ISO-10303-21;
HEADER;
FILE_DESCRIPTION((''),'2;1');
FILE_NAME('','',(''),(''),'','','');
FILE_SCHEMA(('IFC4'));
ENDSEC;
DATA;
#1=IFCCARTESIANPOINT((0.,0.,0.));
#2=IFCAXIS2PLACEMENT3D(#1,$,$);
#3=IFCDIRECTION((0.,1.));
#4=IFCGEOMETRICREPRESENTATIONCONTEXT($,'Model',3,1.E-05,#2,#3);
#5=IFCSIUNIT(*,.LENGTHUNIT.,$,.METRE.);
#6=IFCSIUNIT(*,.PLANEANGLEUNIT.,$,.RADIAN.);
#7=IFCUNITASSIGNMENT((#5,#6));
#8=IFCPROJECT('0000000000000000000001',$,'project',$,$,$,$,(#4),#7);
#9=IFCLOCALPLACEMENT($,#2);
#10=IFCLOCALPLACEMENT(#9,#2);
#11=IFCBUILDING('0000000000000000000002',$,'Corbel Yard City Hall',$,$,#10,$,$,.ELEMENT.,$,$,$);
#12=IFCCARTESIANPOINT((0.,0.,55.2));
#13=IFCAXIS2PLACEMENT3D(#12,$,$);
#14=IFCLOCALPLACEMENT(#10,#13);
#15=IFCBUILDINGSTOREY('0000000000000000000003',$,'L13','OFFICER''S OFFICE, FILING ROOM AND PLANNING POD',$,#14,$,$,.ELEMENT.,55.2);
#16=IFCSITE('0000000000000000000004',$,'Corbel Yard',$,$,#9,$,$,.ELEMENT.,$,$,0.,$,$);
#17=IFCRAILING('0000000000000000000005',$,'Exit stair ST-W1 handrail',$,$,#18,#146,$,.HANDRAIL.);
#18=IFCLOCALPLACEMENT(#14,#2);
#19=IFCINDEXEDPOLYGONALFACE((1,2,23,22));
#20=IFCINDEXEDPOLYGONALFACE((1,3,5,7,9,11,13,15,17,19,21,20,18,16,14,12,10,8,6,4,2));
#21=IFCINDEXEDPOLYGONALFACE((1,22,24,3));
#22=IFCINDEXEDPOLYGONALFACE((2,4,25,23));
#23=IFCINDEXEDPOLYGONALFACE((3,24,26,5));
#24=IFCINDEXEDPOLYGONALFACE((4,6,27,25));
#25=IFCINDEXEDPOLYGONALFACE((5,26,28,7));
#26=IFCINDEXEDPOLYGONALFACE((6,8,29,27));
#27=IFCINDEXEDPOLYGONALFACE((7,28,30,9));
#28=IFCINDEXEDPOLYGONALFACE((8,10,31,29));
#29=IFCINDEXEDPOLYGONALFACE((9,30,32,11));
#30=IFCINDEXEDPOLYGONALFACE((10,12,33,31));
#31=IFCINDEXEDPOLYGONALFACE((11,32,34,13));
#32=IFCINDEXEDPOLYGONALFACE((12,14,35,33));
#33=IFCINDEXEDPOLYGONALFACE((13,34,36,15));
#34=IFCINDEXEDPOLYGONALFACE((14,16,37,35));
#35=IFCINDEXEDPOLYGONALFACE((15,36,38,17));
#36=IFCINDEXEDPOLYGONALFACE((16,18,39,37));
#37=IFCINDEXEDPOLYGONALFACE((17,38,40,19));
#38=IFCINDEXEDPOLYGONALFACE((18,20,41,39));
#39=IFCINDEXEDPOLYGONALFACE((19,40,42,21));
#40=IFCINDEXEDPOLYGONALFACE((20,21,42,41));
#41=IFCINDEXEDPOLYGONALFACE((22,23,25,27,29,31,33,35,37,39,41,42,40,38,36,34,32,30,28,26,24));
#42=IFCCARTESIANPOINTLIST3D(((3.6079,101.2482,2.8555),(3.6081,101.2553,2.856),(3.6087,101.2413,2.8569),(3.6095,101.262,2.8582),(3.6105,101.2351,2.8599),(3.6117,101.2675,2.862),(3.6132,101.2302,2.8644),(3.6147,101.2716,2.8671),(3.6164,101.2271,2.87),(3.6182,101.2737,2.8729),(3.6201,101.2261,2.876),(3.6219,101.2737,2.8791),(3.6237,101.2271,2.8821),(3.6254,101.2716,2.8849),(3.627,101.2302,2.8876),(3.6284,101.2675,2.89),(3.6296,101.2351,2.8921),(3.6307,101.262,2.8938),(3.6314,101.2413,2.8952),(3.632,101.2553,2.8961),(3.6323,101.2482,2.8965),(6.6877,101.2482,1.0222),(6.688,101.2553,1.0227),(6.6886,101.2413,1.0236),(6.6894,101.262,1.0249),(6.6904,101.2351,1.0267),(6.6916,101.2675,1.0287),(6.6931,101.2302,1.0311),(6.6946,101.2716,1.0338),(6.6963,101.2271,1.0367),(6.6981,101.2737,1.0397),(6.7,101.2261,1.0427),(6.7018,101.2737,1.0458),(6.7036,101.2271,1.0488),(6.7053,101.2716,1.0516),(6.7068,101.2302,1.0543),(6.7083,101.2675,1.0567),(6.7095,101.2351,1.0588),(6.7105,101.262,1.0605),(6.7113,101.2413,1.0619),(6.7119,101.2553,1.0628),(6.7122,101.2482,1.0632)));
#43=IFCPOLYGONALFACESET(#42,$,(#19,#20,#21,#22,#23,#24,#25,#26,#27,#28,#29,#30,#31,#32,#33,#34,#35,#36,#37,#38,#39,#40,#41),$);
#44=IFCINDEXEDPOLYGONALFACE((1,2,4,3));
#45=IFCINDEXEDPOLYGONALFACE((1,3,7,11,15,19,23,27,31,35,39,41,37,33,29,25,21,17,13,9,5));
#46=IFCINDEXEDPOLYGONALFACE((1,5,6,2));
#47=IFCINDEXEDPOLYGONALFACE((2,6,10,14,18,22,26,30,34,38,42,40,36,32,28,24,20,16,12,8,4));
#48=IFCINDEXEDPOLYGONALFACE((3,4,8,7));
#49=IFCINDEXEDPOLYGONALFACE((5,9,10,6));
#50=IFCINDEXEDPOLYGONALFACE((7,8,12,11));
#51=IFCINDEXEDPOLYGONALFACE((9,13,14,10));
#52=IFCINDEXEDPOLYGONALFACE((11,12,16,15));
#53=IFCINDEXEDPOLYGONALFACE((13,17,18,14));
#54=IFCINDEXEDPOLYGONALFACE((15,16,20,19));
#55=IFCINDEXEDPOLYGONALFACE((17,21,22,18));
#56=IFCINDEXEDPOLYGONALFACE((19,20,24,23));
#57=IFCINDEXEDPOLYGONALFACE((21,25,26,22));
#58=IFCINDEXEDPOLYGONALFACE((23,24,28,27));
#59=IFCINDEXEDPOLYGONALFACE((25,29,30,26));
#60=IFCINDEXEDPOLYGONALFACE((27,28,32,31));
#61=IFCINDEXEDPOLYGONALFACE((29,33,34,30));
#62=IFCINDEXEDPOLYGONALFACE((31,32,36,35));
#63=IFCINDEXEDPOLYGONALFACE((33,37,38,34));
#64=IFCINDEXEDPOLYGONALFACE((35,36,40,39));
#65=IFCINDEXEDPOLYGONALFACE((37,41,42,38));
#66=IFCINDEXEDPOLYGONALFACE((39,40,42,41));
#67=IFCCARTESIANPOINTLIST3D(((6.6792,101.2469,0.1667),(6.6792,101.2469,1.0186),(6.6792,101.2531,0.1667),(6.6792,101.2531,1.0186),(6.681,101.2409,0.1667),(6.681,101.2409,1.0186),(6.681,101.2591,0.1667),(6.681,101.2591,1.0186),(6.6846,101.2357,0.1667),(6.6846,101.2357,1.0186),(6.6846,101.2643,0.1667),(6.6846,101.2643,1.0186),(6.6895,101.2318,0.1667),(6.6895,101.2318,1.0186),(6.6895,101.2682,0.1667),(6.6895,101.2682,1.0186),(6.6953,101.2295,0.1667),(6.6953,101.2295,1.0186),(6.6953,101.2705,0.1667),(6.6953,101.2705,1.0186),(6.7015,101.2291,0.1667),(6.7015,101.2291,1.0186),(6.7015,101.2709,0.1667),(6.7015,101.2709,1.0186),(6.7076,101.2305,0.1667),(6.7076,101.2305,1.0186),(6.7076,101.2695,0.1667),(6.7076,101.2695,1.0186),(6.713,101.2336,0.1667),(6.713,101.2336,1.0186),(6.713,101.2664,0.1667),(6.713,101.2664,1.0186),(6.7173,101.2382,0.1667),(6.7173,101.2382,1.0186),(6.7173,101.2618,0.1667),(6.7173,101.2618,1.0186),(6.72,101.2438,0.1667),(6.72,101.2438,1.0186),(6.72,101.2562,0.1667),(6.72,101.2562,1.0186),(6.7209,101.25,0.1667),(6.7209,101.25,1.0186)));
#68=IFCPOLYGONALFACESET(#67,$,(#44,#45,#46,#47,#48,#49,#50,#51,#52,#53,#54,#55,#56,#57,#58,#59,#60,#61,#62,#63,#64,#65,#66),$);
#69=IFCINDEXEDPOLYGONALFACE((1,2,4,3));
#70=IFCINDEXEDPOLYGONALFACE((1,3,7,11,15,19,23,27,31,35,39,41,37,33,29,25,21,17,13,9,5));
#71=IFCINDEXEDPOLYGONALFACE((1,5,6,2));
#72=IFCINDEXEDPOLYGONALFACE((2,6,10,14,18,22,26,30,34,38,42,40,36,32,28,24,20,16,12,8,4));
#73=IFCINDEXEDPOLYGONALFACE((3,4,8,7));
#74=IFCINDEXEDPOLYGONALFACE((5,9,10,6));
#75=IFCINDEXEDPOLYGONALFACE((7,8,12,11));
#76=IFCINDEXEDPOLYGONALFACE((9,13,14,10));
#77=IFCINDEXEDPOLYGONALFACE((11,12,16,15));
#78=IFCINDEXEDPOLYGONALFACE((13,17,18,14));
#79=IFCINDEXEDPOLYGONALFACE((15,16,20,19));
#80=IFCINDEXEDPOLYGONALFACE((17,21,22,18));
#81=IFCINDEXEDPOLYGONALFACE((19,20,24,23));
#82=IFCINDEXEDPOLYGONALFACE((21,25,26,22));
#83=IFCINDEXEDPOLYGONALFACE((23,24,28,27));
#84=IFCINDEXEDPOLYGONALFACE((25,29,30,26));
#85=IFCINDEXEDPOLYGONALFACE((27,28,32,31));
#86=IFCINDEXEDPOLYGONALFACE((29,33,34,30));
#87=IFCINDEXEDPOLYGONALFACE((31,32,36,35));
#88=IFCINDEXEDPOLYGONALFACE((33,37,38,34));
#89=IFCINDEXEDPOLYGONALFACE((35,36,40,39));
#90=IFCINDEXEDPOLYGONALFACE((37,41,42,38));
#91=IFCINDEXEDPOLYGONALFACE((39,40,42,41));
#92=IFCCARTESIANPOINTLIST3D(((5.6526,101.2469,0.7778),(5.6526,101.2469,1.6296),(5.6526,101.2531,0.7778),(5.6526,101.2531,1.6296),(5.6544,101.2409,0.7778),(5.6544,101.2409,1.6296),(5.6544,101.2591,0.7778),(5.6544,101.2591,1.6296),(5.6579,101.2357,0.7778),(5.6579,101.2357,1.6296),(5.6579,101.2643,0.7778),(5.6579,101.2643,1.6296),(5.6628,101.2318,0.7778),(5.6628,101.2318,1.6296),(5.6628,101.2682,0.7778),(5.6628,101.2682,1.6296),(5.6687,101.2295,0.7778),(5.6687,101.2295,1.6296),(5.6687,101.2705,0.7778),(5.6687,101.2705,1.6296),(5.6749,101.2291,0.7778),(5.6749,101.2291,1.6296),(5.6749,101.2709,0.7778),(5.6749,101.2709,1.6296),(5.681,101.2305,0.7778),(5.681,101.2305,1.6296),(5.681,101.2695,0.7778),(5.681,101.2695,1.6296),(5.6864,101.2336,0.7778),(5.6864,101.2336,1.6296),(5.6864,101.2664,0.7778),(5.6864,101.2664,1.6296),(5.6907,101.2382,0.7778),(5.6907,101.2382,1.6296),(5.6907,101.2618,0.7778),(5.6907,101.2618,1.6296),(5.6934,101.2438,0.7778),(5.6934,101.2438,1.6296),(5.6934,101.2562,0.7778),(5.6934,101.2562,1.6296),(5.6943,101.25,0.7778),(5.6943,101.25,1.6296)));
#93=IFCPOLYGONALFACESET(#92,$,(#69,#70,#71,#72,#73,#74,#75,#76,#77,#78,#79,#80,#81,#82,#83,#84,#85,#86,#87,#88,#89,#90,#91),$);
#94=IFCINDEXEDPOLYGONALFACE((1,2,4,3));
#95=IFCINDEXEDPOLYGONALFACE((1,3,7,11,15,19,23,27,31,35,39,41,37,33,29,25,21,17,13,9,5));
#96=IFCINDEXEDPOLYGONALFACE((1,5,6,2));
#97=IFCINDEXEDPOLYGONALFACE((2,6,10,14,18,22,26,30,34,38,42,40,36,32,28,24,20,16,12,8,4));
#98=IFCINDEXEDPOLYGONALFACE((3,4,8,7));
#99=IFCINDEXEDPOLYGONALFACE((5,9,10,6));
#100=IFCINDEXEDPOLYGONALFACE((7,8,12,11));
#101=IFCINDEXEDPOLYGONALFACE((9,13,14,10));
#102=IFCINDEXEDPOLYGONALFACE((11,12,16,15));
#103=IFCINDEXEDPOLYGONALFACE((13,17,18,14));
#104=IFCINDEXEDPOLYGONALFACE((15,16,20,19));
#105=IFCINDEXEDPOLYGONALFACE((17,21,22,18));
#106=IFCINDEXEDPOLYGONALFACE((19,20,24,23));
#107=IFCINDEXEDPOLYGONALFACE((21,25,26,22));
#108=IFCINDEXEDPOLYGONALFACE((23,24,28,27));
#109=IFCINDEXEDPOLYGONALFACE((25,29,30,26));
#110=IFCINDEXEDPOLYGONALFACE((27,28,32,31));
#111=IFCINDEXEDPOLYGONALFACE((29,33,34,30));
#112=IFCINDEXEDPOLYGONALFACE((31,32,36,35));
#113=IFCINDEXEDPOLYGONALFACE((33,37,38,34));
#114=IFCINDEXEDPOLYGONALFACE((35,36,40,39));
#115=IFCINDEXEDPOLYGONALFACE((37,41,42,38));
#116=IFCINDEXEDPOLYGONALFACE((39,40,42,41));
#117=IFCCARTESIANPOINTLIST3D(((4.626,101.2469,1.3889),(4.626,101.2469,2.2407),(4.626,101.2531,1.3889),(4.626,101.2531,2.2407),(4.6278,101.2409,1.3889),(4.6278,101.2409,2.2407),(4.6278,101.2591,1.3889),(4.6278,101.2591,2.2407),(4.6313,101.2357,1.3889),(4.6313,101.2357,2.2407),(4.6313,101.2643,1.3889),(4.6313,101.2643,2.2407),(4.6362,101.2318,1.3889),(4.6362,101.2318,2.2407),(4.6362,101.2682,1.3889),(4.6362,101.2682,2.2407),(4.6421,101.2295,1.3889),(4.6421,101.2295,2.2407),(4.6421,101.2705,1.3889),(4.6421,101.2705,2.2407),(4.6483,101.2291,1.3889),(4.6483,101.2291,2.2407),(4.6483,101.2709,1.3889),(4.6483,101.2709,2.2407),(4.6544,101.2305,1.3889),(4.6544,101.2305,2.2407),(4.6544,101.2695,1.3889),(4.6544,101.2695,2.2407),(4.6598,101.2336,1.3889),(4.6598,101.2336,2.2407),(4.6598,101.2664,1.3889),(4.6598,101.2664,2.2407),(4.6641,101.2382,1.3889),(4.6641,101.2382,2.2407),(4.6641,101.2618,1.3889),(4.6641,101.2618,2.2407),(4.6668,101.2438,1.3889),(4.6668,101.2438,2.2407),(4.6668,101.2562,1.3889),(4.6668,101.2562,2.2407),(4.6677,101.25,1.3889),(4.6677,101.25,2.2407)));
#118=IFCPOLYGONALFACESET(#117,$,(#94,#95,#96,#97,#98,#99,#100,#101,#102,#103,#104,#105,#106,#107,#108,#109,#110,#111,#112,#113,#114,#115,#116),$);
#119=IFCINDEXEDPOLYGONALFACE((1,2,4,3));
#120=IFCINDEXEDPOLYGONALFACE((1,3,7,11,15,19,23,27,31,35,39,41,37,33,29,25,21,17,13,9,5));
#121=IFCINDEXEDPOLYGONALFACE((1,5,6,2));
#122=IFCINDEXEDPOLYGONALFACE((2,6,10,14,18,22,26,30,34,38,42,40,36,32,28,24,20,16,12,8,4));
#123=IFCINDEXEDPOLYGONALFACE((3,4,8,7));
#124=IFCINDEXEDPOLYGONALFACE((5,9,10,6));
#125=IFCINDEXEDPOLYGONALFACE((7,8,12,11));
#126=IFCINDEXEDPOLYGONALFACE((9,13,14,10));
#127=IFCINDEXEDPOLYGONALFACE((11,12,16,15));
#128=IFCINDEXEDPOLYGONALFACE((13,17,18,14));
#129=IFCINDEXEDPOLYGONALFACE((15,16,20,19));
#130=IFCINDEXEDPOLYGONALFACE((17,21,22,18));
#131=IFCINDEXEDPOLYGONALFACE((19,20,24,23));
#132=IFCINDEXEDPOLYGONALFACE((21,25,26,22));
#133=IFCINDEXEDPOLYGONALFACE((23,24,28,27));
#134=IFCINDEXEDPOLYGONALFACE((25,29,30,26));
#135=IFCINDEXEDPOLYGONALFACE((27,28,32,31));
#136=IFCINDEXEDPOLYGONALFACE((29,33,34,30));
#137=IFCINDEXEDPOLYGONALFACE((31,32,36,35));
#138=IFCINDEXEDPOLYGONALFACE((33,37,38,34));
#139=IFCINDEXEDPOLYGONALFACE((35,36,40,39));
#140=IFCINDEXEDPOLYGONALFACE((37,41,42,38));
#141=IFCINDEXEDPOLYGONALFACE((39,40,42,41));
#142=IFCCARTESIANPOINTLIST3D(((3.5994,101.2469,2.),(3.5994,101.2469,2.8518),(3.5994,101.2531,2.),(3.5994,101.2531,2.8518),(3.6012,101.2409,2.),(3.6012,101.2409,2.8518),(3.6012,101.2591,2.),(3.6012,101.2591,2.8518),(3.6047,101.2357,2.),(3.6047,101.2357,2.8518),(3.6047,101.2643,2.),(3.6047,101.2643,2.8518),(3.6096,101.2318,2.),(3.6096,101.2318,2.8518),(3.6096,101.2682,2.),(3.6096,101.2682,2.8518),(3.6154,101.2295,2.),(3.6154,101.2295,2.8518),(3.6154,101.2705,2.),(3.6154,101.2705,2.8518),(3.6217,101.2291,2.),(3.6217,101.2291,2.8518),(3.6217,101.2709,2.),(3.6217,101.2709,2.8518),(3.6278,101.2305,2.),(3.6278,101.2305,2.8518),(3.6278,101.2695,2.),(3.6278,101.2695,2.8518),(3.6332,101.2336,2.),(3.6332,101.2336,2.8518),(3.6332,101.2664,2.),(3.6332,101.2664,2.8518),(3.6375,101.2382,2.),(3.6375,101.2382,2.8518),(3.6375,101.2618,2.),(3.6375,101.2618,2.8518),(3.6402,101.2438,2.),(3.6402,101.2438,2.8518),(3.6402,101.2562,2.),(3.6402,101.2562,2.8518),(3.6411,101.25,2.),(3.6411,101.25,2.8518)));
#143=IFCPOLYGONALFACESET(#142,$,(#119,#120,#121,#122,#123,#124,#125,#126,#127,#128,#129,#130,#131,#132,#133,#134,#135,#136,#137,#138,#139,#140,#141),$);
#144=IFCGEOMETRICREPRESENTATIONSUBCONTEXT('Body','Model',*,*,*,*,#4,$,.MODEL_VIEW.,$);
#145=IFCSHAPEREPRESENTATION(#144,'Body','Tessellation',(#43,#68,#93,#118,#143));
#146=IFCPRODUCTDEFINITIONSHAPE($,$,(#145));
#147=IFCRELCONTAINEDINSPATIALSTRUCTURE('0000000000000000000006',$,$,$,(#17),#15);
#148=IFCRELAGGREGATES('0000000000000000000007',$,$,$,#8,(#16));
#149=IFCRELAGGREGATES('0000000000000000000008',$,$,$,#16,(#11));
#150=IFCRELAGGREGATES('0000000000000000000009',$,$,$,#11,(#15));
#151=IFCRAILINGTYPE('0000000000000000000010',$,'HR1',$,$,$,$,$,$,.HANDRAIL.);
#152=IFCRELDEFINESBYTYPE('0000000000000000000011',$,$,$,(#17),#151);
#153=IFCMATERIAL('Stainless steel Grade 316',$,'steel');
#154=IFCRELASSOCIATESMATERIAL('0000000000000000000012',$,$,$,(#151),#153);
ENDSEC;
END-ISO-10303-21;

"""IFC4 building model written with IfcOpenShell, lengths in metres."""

from ifc_helpers import new_model, si_unit, direction, frame, origin, origin_2d, place, context, subcontext, project, spatial, circle, extrude, material, type_object, element, save


model = new_model("IFC4")

# Units and contexts
model_context = context("Model", 3, precision=1e-05, world=origin(), true_north=direction((0.0, 1.0)))
body_context = subcontext(model_context, "Body", "Model", "MODEL_VIEW")
ifc_project = project(units=[si_unit("LENGTHUNIT", "METRE"), si_unit("PLANEANGLEUNIT", "RADIAN")], contexts=[model_context])

# Site, building, storey
site_placement = place(None, origin())
site = spatial("IfcSite", under=ifc_project, at=site_placement, Name="Corbel Yard", CompositionType="ELEMENT", RefElevation=0.0)
building_placement = place(site_placement, origin())
building = spatial("IfcBuilding", under=site, at=building_placement, Name="Corbel Yard City Hall", CompositionType="ELEMENT")
storey_placement = place(building_placement, frame((0.0, 0.0, 55.2)))
storey = spatial("IfcBuildingStorey", under=building, at=storey_placement, Name="L13", Description="OFFICER'S OFFICE, FILING ROOM AND PLANNING POD", CompositionType="ELEMENT", Elevation=55.2)

# Railing
ifc_material_1 = material(Name="Stainless steel Grade 316", Category="steel")
railing_type = type_object("IfcRailingType", Name="HR1", PredefinedType="HANDRAIL", material=ifc_material_1)
for number, where, name in (
    (1, (6.7, 101.25, 0.1667), "Exit stair ST-W1 handrail"),
):
    element("IfcRailing", number, at=place(storey_placement, frame(where)), inside=storey, type_object=railing_type, Name=name, PredefinedType="HANDRAIL", context=body_context, shape_type="SweptSolid", body=[
        extrude(circle(Radius=0.0239, at=origin_2d()), frame((0.0, 0.0, 0.876), z_axis=(-0.859291, 0.0, 0.511487), x_axis=(0.0, -1.0, 0.0)), (0.0, 0.0, 1.0), 3.5842),
        extrude(circle(Radius=0.021, at=origin_2d()), origin(), (0.0, 0.0, 1.0), 0.8518),
        extrude(circle(Radius=0.021, at=origin_2d()), frame((-1.0266, 0.0, 0.6111)), (0.0, 0.0, 1.0), 0.8518),
        extrude(circle(Radius=0.021, at=origin_2d()), frame((-2.0532, 0.0, 1.2222)), (0.0, 0.0, 1.0), 0.8518),
        extrude(circle(Radius=0.021, at=origin_2d()), frame((-3.0798, 0.0, 1.8333)), (0.0, 0.0, 1.0), 0.8518),
    ])

save(model, "model.ifc")
